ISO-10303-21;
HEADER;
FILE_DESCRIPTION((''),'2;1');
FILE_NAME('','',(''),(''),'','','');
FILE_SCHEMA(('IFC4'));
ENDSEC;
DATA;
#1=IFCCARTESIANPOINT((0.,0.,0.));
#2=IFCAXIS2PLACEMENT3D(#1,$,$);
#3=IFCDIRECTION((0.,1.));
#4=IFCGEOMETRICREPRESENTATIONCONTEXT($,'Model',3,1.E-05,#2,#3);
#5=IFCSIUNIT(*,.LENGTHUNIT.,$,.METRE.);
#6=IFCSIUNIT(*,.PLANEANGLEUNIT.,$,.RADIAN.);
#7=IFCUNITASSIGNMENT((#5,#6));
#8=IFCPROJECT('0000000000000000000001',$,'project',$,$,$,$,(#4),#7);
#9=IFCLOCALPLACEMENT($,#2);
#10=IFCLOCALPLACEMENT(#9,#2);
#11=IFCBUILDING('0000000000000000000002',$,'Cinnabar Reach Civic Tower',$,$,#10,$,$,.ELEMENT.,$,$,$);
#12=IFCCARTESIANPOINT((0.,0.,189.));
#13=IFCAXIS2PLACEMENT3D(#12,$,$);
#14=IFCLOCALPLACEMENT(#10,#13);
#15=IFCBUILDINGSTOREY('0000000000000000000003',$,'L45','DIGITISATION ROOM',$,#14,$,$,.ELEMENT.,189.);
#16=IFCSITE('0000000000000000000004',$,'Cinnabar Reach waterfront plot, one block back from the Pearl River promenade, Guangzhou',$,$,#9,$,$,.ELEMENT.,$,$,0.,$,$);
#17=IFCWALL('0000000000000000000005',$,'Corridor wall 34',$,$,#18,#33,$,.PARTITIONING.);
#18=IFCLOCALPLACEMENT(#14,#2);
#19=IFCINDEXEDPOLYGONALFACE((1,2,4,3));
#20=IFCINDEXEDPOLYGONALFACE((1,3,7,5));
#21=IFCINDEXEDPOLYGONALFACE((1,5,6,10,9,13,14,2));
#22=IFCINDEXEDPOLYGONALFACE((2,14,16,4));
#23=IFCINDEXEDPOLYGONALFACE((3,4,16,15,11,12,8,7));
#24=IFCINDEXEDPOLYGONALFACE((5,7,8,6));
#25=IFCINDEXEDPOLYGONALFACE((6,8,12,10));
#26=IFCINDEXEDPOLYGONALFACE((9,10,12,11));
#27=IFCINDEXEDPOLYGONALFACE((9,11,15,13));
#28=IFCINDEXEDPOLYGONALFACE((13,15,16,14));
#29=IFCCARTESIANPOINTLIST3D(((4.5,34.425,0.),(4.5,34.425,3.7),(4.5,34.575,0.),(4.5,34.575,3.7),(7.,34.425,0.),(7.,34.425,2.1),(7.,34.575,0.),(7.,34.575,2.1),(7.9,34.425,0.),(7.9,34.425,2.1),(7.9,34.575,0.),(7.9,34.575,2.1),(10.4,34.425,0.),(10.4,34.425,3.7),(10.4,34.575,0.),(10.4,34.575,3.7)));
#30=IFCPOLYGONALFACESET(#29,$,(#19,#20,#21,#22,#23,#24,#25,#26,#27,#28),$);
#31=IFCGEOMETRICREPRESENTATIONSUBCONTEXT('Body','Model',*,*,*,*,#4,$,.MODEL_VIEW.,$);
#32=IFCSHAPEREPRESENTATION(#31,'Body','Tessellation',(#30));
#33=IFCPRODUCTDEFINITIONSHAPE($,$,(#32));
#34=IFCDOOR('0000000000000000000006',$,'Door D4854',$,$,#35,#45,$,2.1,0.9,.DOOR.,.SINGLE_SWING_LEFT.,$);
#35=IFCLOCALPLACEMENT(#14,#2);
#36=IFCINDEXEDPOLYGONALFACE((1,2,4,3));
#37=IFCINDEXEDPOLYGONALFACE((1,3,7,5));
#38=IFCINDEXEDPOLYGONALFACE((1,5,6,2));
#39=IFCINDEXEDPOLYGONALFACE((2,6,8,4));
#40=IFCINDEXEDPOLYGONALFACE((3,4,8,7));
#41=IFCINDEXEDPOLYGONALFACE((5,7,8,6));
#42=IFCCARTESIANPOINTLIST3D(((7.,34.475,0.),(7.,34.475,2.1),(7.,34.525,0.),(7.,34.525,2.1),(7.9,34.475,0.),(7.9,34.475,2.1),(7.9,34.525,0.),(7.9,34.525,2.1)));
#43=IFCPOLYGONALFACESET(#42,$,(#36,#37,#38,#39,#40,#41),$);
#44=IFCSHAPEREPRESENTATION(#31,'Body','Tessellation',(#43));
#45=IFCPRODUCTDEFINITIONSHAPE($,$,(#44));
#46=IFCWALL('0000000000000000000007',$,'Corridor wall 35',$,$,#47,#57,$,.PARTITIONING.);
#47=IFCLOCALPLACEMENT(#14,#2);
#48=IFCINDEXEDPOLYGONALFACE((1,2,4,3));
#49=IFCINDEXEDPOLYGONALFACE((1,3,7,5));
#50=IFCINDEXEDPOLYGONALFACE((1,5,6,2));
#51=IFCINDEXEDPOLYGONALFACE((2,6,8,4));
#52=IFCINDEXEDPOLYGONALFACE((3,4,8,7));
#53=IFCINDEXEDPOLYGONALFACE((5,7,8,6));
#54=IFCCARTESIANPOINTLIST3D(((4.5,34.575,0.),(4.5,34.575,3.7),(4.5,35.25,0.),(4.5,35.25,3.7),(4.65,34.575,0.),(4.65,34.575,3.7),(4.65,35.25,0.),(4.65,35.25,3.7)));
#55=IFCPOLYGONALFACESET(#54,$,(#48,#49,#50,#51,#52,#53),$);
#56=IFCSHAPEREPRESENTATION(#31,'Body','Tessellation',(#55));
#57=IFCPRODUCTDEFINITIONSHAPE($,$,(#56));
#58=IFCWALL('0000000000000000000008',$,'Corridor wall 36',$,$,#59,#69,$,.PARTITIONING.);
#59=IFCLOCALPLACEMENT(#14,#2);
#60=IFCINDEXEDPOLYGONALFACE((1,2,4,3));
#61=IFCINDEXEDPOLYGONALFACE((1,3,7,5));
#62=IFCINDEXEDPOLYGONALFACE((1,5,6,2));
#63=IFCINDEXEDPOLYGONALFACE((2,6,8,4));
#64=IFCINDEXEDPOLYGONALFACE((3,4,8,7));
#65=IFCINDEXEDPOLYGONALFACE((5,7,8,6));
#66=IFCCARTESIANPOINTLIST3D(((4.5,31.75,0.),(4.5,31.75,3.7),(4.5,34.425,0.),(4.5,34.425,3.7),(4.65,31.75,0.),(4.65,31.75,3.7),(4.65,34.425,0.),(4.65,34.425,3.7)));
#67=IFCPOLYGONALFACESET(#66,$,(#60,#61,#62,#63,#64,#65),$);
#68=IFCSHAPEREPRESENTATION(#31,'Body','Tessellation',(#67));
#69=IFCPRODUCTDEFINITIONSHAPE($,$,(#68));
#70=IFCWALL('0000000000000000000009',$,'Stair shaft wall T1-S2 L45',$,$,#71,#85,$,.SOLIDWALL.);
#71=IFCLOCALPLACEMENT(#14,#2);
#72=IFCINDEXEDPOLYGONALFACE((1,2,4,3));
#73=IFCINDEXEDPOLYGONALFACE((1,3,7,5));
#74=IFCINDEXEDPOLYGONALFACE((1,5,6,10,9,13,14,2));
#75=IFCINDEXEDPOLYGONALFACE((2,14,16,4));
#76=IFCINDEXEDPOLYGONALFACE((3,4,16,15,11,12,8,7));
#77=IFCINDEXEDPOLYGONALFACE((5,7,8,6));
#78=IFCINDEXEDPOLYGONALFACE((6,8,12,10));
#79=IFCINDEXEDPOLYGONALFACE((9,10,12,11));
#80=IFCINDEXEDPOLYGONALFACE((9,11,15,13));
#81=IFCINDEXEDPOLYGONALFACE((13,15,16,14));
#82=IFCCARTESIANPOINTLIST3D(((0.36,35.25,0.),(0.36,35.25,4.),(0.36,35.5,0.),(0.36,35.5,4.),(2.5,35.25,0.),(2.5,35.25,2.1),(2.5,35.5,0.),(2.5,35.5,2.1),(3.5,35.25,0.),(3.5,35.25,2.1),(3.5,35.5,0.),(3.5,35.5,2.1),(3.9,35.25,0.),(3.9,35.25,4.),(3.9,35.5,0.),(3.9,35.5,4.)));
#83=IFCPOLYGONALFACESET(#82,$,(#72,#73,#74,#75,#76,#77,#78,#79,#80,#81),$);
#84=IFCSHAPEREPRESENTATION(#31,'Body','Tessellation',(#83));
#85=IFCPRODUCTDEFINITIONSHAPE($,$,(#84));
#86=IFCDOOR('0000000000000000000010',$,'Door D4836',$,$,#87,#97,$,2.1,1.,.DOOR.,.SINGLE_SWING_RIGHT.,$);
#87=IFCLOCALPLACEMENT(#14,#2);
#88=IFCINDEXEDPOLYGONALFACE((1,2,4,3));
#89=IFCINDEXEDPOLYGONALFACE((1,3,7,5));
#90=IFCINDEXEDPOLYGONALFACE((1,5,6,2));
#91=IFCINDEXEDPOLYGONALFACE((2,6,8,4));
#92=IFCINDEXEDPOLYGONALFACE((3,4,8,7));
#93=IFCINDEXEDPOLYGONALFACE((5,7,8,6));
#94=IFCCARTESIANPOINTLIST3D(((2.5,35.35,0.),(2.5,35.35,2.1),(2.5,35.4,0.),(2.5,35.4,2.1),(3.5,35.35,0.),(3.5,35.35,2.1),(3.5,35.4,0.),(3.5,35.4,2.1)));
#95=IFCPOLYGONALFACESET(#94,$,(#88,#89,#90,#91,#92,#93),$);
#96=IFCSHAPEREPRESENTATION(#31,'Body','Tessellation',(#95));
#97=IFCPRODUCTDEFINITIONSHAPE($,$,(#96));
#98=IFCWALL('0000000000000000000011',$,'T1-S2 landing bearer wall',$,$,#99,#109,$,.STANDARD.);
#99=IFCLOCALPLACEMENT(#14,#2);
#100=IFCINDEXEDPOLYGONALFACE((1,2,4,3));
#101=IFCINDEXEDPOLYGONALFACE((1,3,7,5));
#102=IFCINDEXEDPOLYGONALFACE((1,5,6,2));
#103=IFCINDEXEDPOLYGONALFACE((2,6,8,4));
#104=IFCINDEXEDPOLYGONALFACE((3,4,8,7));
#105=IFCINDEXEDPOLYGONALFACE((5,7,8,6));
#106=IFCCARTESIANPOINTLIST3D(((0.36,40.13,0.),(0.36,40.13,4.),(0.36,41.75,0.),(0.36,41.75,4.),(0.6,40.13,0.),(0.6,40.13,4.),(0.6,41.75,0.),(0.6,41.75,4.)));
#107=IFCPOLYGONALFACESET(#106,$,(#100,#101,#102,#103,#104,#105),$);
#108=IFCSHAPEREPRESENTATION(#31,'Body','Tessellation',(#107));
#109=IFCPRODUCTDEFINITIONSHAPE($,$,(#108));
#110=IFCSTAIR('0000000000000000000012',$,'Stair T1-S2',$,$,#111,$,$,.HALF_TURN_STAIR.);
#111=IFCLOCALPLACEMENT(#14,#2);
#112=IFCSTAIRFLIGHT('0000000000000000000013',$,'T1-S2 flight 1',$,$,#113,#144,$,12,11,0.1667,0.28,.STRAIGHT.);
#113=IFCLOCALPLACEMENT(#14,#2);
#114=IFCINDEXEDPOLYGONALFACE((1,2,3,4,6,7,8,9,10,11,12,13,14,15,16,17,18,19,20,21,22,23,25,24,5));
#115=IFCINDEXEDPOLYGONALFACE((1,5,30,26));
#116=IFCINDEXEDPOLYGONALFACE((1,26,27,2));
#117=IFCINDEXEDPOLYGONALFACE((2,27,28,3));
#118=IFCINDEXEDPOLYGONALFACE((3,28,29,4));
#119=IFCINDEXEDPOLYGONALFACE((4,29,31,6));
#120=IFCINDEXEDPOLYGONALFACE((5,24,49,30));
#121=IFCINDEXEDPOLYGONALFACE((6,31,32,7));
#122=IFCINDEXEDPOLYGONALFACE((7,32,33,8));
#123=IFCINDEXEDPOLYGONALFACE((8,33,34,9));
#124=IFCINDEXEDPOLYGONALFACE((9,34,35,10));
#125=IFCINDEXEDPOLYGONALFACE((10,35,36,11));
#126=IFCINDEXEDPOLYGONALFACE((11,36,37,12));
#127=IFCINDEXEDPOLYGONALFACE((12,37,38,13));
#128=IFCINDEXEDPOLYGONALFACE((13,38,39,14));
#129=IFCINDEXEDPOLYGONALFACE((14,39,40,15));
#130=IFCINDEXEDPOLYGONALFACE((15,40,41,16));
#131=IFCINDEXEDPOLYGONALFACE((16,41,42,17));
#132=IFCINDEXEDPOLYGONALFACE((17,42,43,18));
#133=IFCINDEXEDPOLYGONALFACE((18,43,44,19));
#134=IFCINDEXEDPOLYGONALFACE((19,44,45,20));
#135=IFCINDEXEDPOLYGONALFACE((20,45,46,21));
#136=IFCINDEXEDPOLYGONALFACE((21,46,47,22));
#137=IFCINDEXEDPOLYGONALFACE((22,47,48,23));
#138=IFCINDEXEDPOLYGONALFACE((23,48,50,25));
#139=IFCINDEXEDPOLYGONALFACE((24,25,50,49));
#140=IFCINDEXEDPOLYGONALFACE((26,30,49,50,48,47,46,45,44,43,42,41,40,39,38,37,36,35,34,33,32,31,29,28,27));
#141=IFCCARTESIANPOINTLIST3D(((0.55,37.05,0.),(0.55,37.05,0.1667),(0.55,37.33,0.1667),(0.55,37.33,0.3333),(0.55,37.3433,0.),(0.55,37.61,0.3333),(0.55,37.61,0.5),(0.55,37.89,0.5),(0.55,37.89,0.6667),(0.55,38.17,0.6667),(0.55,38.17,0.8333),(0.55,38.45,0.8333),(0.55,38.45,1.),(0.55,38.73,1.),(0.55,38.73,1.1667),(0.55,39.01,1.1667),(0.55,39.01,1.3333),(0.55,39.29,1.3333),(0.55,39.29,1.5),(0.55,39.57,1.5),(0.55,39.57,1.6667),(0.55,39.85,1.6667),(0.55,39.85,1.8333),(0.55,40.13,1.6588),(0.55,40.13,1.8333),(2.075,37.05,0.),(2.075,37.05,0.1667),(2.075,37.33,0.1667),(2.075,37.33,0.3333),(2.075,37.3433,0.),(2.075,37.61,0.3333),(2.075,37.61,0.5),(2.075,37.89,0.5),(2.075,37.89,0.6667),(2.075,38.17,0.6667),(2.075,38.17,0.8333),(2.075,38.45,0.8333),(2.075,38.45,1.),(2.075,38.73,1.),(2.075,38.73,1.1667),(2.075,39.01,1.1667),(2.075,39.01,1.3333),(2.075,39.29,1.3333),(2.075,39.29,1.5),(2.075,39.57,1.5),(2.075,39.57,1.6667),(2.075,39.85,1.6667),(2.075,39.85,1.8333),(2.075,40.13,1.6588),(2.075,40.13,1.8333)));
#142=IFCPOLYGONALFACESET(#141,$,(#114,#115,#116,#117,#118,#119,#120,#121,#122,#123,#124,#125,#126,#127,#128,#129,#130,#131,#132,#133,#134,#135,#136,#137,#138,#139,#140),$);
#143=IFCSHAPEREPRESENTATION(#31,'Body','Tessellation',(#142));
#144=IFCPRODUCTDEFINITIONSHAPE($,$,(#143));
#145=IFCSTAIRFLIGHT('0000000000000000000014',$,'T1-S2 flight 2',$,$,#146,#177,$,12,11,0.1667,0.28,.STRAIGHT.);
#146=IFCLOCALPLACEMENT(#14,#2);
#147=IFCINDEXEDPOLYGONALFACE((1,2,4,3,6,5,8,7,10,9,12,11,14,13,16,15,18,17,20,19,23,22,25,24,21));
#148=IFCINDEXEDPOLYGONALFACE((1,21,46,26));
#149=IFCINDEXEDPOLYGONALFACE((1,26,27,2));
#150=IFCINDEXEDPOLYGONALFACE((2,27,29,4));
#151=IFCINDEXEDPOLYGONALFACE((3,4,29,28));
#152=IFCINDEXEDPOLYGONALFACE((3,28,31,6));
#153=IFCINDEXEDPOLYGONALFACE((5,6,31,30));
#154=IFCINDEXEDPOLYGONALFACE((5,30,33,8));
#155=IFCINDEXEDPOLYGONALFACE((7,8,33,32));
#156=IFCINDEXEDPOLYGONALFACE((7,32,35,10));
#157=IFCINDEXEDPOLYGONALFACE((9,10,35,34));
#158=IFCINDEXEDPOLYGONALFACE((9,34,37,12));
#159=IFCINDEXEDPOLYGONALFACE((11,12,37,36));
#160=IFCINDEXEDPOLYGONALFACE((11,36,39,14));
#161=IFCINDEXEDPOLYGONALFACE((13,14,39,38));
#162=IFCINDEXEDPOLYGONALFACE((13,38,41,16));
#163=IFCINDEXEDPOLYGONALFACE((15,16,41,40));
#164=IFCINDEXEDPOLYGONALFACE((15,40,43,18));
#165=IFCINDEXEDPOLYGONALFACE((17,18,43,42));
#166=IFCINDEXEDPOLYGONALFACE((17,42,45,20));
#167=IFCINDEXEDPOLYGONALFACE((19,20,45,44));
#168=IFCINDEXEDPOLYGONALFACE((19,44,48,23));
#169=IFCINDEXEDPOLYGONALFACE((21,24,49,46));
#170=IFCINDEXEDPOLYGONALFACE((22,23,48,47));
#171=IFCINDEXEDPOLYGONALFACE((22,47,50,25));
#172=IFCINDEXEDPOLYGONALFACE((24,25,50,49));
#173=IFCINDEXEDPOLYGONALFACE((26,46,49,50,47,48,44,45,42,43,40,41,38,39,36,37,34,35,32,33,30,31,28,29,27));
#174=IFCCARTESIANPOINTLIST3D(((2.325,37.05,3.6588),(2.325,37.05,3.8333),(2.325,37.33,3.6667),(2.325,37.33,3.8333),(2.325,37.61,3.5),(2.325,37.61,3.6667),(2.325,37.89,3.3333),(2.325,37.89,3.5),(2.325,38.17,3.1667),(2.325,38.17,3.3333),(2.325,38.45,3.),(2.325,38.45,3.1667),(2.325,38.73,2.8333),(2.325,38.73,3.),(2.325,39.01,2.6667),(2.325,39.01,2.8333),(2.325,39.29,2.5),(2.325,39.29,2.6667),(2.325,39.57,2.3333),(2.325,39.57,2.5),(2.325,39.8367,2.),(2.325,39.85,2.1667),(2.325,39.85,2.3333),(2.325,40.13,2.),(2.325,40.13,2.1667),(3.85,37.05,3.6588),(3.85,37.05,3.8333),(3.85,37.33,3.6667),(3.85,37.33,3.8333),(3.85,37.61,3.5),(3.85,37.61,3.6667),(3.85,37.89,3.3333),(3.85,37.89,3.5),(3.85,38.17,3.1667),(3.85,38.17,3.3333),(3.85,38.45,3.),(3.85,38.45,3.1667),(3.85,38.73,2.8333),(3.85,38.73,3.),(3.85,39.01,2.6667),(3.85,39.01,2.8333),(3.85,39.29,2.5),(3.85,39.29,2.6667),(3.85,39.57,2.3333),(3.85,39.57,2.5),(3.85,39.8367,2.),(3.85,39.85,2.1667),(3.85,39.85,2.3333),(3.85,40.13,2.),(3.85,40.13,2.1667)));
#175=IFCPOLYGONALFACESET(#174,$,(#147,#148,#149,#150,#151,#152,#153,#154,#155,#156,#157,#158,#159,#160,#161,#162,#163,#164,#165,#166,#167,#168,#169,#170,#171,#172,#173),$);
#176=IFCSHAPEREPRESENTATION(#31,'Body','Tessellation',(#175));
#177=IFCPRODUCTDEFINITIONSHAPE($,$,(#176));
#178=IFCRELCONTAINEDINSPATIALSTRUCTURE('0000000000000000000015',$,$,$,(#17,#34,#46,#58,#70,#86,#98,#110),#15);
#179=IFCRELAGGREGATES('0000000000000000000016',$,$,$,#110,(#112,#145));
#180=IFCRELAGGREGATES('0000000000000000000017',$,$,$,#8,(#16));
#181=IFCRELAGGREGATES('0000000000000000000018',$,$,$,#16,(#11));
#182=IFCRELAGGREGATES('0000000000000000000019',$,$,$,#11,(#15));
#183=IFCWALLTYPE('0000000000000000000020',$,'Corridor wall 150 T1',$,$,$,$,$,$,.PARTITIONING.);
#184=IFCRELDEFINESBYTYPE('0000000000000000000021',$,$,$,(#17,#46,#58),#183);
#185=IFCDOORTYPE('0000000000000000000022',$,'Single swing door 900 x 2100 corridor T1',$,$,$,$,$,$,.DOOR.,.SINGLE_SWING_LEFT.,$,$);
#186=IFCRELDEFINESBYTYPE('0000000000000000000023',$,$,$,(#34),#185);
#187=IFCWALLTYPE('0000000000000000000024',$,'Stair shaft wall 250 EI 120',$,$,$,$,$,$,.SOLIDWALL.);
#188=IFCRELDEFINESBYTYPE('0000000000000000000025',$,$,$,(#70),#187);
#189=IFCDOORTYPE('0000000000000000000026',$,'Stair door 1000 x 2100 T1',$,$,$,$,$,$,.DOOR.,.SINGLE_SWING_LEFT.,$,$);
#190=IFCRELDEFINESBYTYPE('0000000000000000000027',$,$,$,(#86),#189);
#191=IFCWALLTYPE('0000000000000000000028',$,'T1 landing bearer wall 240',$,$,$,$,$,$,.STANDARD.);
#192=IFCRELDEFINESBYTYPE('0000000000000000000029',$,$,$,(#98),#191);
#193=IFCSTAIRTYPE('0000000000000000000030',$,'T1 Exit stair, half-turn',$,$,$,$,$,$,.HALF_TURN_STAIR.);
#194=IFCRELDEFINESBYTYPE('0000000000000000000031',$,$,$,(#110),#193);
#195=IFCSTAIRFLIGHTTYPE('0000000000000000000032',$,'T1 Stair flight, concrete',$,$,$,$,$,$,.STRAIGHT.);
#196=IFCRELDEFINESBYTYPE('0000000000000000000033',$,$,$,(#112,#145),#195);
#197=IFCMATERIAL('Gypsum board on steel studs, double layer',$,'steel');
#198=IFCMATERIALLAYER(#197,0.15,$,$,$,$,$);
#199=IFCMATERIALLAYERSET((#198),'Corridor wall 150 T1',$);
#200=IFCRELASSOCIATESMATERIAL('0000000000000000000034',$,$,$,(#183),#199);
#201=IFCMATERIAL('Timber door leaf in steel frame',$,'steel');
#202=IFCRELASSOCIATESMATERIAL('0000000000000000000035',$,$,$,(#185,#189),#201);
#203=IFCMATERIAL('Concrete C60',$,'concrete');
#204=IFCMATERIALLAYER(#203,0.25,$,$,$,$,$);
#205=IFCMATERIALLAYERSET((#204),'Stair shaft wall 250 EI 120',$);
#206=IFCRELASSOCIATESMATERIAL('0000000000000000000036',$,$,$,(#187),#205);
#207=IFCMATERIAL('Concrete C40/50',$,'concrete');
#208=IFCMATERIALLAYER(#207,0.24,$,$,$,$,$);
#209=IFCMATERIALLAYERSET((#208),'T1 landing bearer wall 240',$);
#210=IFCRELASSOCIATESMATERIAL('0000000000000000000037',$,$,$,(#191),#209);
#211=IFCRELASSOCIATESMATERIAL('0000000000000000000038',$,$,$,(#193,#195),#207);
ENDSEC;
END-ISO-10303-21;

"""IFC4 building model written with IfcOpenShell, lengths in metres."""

from ifc_helpers import new_model, si_unit, direction, frame, frame_2d, origin, place, context, subcontext, project, spatial, polyline, rectangle, outline, extrude, material, layer, layer_set, type_object, element, fill, aggregate, save


model = new_model("IFC4")

# Units and contexts
model_context = context("Model", 3, precision=1e-05, world=origin(), true_north=direction((0.0, 1.0)))
body_context = subcontext(model_context, "Body", "Model", "MODEL_VIEW")
ifc_project = project(units=[si_unit("LENGTHUNIT", "METRE"), si_unit("PLANEANGLEUNIT", "RADIAN")], contexts=[model_context])

# Site, building, storey
site_placement = place(None, origin())
site = spatial("IfcSite", under=ifc_project, at=site_placement, Name="Cinnabar Reach waterfront plot, one block back from the Pearl River promenade, Guangzhou", CompositionType="ELEMENT", RefElevation=0.0)
building_placement = place(site_placement, origin())
building = spatial("IfcBuilding", under=site, at=building_placement, Name="Cinnabar Reach Civic Tower", CompositionType="ELEMENT")
storey_placement = place(building_placement, frame((0.0, 0.0, 189.0)))
storey = spatial("IfcBuildingStorey", under=building, at=storey_placement, Name="L45", Description="DIGITISATION ROOM", CompositionType="ELEMENT", Elevation=189.0)

# Shared definitions
ifc_material_1 = material(Name="Gypsum board on steel studs, double layer", Category="steel")
ifc_layer_1 = layer(ifc_material_1, 0.15)
ifc_layer_set_1 = layer_set([ifc_layer_1], Name="Corridor wall 150 T1")
wall_type_1 = type_object("IfcWallType", Name="Corridor wall 150 T1", PredefinedType="PARTITIONING", material=ifc_layer_set_1)
ifc_material_2 = material(Name="Timber door leaf in steel frame", Category="steel")
door_type_1 = type_object("IfcDoorType", Name="Single swing door 900 x 2100 corridor T1", OperationType="SINGLE_SWING_LEFT", PredefinedType="DOOR", material=ifc_material_2)

# Wall, opening, door
wall_1_placement = place(storey_placement, frame((4.5, 34.5, 0.0), z_axis=(0.0, 0.0, 1.0), x_axis=(1.0, 0.0, 0.0)))
wall_1 = element("IfcWall", 1, at=wall_1_placement, inside=storey, type_object=wall_type_1, Name="Corridor wall 34", PredefinedType="PARTITIONING", context=body_context, shape_type="SweptSolid", body=[
    extrude(rectangle(XDim=5.9, YDim=0.15, at=frame_2d((2.95, 0.0))), origin(), (0.0, 0.0, 1.0), 3.7),
])
opening_1_placement = place(wall_1_placement, frame((2.5, 0.0, 0.0)))
opening_1 = element("IfcOpeningElement", 2, at=opening_1_placement, cuts=wall_1, PredefinedType="OPENING", context=body_context, shape_type="SweptSolid", body=[
    extrude(rectangle(XDim=0.9, YDim=2.1, at=frame_2d((0.45, 1.05))), frame((0.0, 0.085, 0.0), z_axis=(0.0, -1.0, 0.0), x_axis=(1.0, 0.0, 0.0)), (0.0, 0.0, 1.0), 0.17),
])
door_1_placement = place(opening_1_placement, frame((0.9, 0.0, 0.0), z_axis=(0.0, 0.0, 1.0), x_axis=(-1.0, 0.0, 0.0)))
door_1 = element("IfcDoor", 3, at=door_1_placement, inside=storey, type_object=door_type_1, Name="Door D4854", OperationType="SINGLE_SWING_LEFT", OverallHeight=2.1, OverallWidth=0.9, PredefinedType="DOOR", context=body_context, shape_type="SweptSolid", body=[
    extrude(rectangle(XDim=0.9, YDim=2.1, at=frame_2d((0.45, 1.05))), frame((0.0, 0.025, 0.0), z_axis=(0.0, -1.0, 0.0), x_axis=(1.0, 0.0, 0.0)), (0.0, 0.0, 1.0), 0.05),
])
fill(opening_1, door_1)

# Walls
wall_2_placement = place(storey_placement, frame((4.575, 34.575, 0.0), z_axis=(0.0, 0.0, 1.0), x_axis=(0.0, 1.0, 0.0)))
element("IfcWall", 4, at=wall_2_placement, inside=storey, type_object=wall_type_1, Name="Corridor wall 35", PredefinedType="PARTITIONING", context=body_context, shape_type="SweptSolid", body=[
    extrude(rectangle(XDim=0.675, YDim=0.15, at=frame_2d((0.3375, 0.0))), origin(), (0.0, 0.0, 1.0), 3.7),
])
wall_3_placement = place(storey_placement, frame((4.575, 31.75, 0.0), z_axis=(0.0, 0.0, 1.0), x_axis=(0.0, 1.0, 0.0)))
element("IfcWall", 5, at=wall_3_placement, inside=storey, type_object=wall_type_1, Name="Corridor wall 36", PredefinedType="PARTITIONING", context=body_context, shape_type="SweptSolid", body=[
    extrude(rectangle(XDim=2.675, YDim=0.15, at=frame_2d((1.3375, 0.0))), origin(), (0.0, 0.0, 1.0), 3.7),
])

# Wall, opening, door
ifc_material_3 = material(Name="Concrete C60", Category="concrete")
ifc_layer_2 = layer(ifc_material_3, 0.25)
ifc_layer_set_2 = layer_set([ifc_layer_2], Name="Stair shaft wall 250 EI 120")
wall_type_2 = type_object("IfcWallType", Name="Stair shaft wall 250 EI 120", PredefinedType="SOLIDWALL", material=ifc_layer_set_2)
wall_4_placement = place(storey_placement, frame((0.36, 35.375, 0.0), z_axis=(0.0, 0.0, 1.0), x_axis=(1.0, 0.0, 0.0)))
wall_4 = element("IfcWall", 6, at=wall_4_placement, inside=storey, type_object=wall_type_2, Name="Stair shaft wall T1-S2 L45", PredefinedType="SOLIDWALL", context=body_context, shape_type="SweptSolid", body=[
    extrude(rectangle(XDim=3.54, YDim=0.25, at=frame_2d((1.77, 0.0))), origin(), (0.0, 0.0, 1.0), 4.0),
])
opening_2_placement = place(wall_4_placement, frame((2.14, 0.0, 0.0)))
opening_2 = element("IfcOpeningElement", 7, at=opening_2_placement, cuts=wall_4, PredefinedType="OPENING", context=body_context, shape_type="SweptSolid", body=[
    extrude(rectangle(XDim=1.0, YDim=2.1, at=frame_2d((0.5, 1.05))), frame((0.0, 0.135, 0.0), z_axis=(0.0, -1.0, 0.0), x_axis=(1.0, 0.0, 0.0)), (0.0, 0.0, 1.0), 0.27),
])
door_type_2 = type_object("IfcDoorType", Name="Stair door 1000 x 2100 T1", OperationType="SINGLE_SWING_LEFT", PredefinedType="DOOR", material=ifc_material_2)
door_2_placement = place(opening_2_placement, origin())
door_2 = element("IfcDoor", 8, at=door_2_placement, inside=storey, type_object=door_type_2, Name="Door D4836", OperationType="SINGLE_SWING_RIGHT", OverallHeight=2.1, OverallWidth=1.0, PredefinedType="DOOR", context=body_context, shape_type="SweptSolid", body=[
    extrude(rectangle(XDim=1.0, YDim=2.1, at=frame_2d((0.5, 1.05))), frame((0.0, 0.025, 0.0), z_axis=(0.0, -1.0, 0.0), x_axis=(1.0, 0.0, 0.0)), (0.0, 0.0, 1.0), 0.05),
])
fill(opening_2, door_2)

# Wall
ifc_material_4 = material(Name="Concrete C40/50", Category="concrete")
ifc_layer_3 = layer(ifc_material_4, 0.24)
ifc_layer_set_3 = layer_set([ifc_layer_3], Name="T1 landing bearer wall 240")
wall_type_3 = type_object("IfcWallType", Name="T1 landing bearer wall 240", PredefinedType="STANDARD", material=ifc_layer_set_3)
wall_5_placement = place(storey_placement, frame((0.48, 40.13, 0.0), z_axis=(0.0, 0.0, 1.0), x_axis=(0.0, 1.0, 0.0)))
element("IfcWall", 9, at=wall_5_placement, inside=storey, type_object=wall_type_3, Name="T1-S2 landing bearer wall", PredefinedType="STANDARD", context=body_context, shape_type="SweptSolid", body=[
    extrude(rectangle(XDim=1.62, YDim=0.24, at=frame_2d((0.81, 0.0))), origin(), (0.0, 0.0, 1.0), 4.0),
])

# Stair, stair flights
stair_type = type_object("IfcStairType", Name="T1 Exit stair, half-turn", PredefinedType="HALF_TURN_STAIR", material=ifc_material_4)
stair_placement = place(storey_placement, origin())
stair = element("IfcStair", 10, at=stair_placement, inside=storey, type_object=stair_type, Name="Stair T1-S2", PredefinedType="HALF_TURN_STAIR")
stair_flight_type = type_object("IfcStairFlightType", Name="T1 Stair flight, concrete", PredefinedType="STRAIGHT", material=ifc_material_4)
stair_flight_1_placement = place(storey_placement, frame((1.3125, 37.05, 0.0), z_axis=(0.0, 0.0, 1.0), x_axis=(0.0, 1.0, 0.0)))
stair_flight_1 = element("IfcStairFlight", 11, at=stair_flight_1_placement, type_object=stair_flight_type, Name="T1-S2 flight 1", NumberOfRisers=12, NumberOfTreads=11, PredefinedType="STRAIGHT", RiserHeight=0.1667, TreadLength=0.28, context=body_context, shape_type="SweptSolid", body=[
    extrude(outline(polyline([(0.0, 0.0), (0.0, 0.1667), (0.28, 0.1667), (0.28, 0.3333), (0.56, 0.3333), (0.56, 0.5), (0.84, 0.5), (0.84, 0.6667), (1.12, 0.6667), (1.12, 0.8333), (1.4, 0.8333), (1.4, 1.0), (1.68, 1.0), (1.68, 1.1667), (1.96, 1.1667), (1.96, 1.3333), (2.24, 1.3333), (2.24, 1.5), (2.52, 1.5), (2.52, 1.6667), (2.8, 1.6667), (2.8, 1.8333), (3.08, 1.8333), (3.08, 2.0), (3.08, 1.6588), (0.2933, 0.0), (0.0, 0.0)])), frame((0.0, 0.7625, 0.0), z_axis=(0.0, -1.0, 0.0), x_axis=(1.0, 0.0, 0.0)), (0.0, 0.0, 1.0), 1.525),
])
stair_flight_2_placement = place(storey_placement, frame((3.0875, 40.13, 2.0), z_axis=(0.0, 0.0, 1.0), x_axis=(0.0, -1.0, 0.0)))
stair_flight_2 = element("IfcStairFlight", 12, at=stair_flight_2_placement, type_object=stair_flight_type, Name="T1-S2 flight 2", NumberOfRisers=12, NumberOfTreads=11, PredefinedType="STRAIGHT", RiserHeight=0.1667, TreadLength=0.28, context=body_context, shape_type="SweptSolid", body=[
    extrude(outline(polyline([(0.0, 0.0), (0.0, 0.1667), (0.28, 0.1667), (0.28, 0.3333), (0.56, 0.3333), (0.56, 0.5), (0.84, 0.5), (0.84, 0.6667), (1.12, 0.6667), (1.12, 0.8333), (1.4, 0.8333), (1.4, 1.0), (1.68, 1.0), (1.68, 1.1667), (1.96, 1.1667), (1.96, 1.3333), (2.24, 1.3333), (2.24, 1.5), (2.52, 1.5), (2.52, 1.6667), (2.8, 1.6667), (2.8, 1.8333), (3.08, 1.8333), (3.08, 2.0), (3.08, 1.6588), (0.2933, 0.0), (0.0, 0.0)])), frame((0.0, 0.7625, 0.0), z_axis=(0.0, -1.0, 0.0), x_axis=(1.0, 0.0, 0.0)), (0.0, 0.0, 1.0), 1.525),
])
aggregate(stair, [stair_flight_1, stair_flight_2])

save(model, "model.ifc")
